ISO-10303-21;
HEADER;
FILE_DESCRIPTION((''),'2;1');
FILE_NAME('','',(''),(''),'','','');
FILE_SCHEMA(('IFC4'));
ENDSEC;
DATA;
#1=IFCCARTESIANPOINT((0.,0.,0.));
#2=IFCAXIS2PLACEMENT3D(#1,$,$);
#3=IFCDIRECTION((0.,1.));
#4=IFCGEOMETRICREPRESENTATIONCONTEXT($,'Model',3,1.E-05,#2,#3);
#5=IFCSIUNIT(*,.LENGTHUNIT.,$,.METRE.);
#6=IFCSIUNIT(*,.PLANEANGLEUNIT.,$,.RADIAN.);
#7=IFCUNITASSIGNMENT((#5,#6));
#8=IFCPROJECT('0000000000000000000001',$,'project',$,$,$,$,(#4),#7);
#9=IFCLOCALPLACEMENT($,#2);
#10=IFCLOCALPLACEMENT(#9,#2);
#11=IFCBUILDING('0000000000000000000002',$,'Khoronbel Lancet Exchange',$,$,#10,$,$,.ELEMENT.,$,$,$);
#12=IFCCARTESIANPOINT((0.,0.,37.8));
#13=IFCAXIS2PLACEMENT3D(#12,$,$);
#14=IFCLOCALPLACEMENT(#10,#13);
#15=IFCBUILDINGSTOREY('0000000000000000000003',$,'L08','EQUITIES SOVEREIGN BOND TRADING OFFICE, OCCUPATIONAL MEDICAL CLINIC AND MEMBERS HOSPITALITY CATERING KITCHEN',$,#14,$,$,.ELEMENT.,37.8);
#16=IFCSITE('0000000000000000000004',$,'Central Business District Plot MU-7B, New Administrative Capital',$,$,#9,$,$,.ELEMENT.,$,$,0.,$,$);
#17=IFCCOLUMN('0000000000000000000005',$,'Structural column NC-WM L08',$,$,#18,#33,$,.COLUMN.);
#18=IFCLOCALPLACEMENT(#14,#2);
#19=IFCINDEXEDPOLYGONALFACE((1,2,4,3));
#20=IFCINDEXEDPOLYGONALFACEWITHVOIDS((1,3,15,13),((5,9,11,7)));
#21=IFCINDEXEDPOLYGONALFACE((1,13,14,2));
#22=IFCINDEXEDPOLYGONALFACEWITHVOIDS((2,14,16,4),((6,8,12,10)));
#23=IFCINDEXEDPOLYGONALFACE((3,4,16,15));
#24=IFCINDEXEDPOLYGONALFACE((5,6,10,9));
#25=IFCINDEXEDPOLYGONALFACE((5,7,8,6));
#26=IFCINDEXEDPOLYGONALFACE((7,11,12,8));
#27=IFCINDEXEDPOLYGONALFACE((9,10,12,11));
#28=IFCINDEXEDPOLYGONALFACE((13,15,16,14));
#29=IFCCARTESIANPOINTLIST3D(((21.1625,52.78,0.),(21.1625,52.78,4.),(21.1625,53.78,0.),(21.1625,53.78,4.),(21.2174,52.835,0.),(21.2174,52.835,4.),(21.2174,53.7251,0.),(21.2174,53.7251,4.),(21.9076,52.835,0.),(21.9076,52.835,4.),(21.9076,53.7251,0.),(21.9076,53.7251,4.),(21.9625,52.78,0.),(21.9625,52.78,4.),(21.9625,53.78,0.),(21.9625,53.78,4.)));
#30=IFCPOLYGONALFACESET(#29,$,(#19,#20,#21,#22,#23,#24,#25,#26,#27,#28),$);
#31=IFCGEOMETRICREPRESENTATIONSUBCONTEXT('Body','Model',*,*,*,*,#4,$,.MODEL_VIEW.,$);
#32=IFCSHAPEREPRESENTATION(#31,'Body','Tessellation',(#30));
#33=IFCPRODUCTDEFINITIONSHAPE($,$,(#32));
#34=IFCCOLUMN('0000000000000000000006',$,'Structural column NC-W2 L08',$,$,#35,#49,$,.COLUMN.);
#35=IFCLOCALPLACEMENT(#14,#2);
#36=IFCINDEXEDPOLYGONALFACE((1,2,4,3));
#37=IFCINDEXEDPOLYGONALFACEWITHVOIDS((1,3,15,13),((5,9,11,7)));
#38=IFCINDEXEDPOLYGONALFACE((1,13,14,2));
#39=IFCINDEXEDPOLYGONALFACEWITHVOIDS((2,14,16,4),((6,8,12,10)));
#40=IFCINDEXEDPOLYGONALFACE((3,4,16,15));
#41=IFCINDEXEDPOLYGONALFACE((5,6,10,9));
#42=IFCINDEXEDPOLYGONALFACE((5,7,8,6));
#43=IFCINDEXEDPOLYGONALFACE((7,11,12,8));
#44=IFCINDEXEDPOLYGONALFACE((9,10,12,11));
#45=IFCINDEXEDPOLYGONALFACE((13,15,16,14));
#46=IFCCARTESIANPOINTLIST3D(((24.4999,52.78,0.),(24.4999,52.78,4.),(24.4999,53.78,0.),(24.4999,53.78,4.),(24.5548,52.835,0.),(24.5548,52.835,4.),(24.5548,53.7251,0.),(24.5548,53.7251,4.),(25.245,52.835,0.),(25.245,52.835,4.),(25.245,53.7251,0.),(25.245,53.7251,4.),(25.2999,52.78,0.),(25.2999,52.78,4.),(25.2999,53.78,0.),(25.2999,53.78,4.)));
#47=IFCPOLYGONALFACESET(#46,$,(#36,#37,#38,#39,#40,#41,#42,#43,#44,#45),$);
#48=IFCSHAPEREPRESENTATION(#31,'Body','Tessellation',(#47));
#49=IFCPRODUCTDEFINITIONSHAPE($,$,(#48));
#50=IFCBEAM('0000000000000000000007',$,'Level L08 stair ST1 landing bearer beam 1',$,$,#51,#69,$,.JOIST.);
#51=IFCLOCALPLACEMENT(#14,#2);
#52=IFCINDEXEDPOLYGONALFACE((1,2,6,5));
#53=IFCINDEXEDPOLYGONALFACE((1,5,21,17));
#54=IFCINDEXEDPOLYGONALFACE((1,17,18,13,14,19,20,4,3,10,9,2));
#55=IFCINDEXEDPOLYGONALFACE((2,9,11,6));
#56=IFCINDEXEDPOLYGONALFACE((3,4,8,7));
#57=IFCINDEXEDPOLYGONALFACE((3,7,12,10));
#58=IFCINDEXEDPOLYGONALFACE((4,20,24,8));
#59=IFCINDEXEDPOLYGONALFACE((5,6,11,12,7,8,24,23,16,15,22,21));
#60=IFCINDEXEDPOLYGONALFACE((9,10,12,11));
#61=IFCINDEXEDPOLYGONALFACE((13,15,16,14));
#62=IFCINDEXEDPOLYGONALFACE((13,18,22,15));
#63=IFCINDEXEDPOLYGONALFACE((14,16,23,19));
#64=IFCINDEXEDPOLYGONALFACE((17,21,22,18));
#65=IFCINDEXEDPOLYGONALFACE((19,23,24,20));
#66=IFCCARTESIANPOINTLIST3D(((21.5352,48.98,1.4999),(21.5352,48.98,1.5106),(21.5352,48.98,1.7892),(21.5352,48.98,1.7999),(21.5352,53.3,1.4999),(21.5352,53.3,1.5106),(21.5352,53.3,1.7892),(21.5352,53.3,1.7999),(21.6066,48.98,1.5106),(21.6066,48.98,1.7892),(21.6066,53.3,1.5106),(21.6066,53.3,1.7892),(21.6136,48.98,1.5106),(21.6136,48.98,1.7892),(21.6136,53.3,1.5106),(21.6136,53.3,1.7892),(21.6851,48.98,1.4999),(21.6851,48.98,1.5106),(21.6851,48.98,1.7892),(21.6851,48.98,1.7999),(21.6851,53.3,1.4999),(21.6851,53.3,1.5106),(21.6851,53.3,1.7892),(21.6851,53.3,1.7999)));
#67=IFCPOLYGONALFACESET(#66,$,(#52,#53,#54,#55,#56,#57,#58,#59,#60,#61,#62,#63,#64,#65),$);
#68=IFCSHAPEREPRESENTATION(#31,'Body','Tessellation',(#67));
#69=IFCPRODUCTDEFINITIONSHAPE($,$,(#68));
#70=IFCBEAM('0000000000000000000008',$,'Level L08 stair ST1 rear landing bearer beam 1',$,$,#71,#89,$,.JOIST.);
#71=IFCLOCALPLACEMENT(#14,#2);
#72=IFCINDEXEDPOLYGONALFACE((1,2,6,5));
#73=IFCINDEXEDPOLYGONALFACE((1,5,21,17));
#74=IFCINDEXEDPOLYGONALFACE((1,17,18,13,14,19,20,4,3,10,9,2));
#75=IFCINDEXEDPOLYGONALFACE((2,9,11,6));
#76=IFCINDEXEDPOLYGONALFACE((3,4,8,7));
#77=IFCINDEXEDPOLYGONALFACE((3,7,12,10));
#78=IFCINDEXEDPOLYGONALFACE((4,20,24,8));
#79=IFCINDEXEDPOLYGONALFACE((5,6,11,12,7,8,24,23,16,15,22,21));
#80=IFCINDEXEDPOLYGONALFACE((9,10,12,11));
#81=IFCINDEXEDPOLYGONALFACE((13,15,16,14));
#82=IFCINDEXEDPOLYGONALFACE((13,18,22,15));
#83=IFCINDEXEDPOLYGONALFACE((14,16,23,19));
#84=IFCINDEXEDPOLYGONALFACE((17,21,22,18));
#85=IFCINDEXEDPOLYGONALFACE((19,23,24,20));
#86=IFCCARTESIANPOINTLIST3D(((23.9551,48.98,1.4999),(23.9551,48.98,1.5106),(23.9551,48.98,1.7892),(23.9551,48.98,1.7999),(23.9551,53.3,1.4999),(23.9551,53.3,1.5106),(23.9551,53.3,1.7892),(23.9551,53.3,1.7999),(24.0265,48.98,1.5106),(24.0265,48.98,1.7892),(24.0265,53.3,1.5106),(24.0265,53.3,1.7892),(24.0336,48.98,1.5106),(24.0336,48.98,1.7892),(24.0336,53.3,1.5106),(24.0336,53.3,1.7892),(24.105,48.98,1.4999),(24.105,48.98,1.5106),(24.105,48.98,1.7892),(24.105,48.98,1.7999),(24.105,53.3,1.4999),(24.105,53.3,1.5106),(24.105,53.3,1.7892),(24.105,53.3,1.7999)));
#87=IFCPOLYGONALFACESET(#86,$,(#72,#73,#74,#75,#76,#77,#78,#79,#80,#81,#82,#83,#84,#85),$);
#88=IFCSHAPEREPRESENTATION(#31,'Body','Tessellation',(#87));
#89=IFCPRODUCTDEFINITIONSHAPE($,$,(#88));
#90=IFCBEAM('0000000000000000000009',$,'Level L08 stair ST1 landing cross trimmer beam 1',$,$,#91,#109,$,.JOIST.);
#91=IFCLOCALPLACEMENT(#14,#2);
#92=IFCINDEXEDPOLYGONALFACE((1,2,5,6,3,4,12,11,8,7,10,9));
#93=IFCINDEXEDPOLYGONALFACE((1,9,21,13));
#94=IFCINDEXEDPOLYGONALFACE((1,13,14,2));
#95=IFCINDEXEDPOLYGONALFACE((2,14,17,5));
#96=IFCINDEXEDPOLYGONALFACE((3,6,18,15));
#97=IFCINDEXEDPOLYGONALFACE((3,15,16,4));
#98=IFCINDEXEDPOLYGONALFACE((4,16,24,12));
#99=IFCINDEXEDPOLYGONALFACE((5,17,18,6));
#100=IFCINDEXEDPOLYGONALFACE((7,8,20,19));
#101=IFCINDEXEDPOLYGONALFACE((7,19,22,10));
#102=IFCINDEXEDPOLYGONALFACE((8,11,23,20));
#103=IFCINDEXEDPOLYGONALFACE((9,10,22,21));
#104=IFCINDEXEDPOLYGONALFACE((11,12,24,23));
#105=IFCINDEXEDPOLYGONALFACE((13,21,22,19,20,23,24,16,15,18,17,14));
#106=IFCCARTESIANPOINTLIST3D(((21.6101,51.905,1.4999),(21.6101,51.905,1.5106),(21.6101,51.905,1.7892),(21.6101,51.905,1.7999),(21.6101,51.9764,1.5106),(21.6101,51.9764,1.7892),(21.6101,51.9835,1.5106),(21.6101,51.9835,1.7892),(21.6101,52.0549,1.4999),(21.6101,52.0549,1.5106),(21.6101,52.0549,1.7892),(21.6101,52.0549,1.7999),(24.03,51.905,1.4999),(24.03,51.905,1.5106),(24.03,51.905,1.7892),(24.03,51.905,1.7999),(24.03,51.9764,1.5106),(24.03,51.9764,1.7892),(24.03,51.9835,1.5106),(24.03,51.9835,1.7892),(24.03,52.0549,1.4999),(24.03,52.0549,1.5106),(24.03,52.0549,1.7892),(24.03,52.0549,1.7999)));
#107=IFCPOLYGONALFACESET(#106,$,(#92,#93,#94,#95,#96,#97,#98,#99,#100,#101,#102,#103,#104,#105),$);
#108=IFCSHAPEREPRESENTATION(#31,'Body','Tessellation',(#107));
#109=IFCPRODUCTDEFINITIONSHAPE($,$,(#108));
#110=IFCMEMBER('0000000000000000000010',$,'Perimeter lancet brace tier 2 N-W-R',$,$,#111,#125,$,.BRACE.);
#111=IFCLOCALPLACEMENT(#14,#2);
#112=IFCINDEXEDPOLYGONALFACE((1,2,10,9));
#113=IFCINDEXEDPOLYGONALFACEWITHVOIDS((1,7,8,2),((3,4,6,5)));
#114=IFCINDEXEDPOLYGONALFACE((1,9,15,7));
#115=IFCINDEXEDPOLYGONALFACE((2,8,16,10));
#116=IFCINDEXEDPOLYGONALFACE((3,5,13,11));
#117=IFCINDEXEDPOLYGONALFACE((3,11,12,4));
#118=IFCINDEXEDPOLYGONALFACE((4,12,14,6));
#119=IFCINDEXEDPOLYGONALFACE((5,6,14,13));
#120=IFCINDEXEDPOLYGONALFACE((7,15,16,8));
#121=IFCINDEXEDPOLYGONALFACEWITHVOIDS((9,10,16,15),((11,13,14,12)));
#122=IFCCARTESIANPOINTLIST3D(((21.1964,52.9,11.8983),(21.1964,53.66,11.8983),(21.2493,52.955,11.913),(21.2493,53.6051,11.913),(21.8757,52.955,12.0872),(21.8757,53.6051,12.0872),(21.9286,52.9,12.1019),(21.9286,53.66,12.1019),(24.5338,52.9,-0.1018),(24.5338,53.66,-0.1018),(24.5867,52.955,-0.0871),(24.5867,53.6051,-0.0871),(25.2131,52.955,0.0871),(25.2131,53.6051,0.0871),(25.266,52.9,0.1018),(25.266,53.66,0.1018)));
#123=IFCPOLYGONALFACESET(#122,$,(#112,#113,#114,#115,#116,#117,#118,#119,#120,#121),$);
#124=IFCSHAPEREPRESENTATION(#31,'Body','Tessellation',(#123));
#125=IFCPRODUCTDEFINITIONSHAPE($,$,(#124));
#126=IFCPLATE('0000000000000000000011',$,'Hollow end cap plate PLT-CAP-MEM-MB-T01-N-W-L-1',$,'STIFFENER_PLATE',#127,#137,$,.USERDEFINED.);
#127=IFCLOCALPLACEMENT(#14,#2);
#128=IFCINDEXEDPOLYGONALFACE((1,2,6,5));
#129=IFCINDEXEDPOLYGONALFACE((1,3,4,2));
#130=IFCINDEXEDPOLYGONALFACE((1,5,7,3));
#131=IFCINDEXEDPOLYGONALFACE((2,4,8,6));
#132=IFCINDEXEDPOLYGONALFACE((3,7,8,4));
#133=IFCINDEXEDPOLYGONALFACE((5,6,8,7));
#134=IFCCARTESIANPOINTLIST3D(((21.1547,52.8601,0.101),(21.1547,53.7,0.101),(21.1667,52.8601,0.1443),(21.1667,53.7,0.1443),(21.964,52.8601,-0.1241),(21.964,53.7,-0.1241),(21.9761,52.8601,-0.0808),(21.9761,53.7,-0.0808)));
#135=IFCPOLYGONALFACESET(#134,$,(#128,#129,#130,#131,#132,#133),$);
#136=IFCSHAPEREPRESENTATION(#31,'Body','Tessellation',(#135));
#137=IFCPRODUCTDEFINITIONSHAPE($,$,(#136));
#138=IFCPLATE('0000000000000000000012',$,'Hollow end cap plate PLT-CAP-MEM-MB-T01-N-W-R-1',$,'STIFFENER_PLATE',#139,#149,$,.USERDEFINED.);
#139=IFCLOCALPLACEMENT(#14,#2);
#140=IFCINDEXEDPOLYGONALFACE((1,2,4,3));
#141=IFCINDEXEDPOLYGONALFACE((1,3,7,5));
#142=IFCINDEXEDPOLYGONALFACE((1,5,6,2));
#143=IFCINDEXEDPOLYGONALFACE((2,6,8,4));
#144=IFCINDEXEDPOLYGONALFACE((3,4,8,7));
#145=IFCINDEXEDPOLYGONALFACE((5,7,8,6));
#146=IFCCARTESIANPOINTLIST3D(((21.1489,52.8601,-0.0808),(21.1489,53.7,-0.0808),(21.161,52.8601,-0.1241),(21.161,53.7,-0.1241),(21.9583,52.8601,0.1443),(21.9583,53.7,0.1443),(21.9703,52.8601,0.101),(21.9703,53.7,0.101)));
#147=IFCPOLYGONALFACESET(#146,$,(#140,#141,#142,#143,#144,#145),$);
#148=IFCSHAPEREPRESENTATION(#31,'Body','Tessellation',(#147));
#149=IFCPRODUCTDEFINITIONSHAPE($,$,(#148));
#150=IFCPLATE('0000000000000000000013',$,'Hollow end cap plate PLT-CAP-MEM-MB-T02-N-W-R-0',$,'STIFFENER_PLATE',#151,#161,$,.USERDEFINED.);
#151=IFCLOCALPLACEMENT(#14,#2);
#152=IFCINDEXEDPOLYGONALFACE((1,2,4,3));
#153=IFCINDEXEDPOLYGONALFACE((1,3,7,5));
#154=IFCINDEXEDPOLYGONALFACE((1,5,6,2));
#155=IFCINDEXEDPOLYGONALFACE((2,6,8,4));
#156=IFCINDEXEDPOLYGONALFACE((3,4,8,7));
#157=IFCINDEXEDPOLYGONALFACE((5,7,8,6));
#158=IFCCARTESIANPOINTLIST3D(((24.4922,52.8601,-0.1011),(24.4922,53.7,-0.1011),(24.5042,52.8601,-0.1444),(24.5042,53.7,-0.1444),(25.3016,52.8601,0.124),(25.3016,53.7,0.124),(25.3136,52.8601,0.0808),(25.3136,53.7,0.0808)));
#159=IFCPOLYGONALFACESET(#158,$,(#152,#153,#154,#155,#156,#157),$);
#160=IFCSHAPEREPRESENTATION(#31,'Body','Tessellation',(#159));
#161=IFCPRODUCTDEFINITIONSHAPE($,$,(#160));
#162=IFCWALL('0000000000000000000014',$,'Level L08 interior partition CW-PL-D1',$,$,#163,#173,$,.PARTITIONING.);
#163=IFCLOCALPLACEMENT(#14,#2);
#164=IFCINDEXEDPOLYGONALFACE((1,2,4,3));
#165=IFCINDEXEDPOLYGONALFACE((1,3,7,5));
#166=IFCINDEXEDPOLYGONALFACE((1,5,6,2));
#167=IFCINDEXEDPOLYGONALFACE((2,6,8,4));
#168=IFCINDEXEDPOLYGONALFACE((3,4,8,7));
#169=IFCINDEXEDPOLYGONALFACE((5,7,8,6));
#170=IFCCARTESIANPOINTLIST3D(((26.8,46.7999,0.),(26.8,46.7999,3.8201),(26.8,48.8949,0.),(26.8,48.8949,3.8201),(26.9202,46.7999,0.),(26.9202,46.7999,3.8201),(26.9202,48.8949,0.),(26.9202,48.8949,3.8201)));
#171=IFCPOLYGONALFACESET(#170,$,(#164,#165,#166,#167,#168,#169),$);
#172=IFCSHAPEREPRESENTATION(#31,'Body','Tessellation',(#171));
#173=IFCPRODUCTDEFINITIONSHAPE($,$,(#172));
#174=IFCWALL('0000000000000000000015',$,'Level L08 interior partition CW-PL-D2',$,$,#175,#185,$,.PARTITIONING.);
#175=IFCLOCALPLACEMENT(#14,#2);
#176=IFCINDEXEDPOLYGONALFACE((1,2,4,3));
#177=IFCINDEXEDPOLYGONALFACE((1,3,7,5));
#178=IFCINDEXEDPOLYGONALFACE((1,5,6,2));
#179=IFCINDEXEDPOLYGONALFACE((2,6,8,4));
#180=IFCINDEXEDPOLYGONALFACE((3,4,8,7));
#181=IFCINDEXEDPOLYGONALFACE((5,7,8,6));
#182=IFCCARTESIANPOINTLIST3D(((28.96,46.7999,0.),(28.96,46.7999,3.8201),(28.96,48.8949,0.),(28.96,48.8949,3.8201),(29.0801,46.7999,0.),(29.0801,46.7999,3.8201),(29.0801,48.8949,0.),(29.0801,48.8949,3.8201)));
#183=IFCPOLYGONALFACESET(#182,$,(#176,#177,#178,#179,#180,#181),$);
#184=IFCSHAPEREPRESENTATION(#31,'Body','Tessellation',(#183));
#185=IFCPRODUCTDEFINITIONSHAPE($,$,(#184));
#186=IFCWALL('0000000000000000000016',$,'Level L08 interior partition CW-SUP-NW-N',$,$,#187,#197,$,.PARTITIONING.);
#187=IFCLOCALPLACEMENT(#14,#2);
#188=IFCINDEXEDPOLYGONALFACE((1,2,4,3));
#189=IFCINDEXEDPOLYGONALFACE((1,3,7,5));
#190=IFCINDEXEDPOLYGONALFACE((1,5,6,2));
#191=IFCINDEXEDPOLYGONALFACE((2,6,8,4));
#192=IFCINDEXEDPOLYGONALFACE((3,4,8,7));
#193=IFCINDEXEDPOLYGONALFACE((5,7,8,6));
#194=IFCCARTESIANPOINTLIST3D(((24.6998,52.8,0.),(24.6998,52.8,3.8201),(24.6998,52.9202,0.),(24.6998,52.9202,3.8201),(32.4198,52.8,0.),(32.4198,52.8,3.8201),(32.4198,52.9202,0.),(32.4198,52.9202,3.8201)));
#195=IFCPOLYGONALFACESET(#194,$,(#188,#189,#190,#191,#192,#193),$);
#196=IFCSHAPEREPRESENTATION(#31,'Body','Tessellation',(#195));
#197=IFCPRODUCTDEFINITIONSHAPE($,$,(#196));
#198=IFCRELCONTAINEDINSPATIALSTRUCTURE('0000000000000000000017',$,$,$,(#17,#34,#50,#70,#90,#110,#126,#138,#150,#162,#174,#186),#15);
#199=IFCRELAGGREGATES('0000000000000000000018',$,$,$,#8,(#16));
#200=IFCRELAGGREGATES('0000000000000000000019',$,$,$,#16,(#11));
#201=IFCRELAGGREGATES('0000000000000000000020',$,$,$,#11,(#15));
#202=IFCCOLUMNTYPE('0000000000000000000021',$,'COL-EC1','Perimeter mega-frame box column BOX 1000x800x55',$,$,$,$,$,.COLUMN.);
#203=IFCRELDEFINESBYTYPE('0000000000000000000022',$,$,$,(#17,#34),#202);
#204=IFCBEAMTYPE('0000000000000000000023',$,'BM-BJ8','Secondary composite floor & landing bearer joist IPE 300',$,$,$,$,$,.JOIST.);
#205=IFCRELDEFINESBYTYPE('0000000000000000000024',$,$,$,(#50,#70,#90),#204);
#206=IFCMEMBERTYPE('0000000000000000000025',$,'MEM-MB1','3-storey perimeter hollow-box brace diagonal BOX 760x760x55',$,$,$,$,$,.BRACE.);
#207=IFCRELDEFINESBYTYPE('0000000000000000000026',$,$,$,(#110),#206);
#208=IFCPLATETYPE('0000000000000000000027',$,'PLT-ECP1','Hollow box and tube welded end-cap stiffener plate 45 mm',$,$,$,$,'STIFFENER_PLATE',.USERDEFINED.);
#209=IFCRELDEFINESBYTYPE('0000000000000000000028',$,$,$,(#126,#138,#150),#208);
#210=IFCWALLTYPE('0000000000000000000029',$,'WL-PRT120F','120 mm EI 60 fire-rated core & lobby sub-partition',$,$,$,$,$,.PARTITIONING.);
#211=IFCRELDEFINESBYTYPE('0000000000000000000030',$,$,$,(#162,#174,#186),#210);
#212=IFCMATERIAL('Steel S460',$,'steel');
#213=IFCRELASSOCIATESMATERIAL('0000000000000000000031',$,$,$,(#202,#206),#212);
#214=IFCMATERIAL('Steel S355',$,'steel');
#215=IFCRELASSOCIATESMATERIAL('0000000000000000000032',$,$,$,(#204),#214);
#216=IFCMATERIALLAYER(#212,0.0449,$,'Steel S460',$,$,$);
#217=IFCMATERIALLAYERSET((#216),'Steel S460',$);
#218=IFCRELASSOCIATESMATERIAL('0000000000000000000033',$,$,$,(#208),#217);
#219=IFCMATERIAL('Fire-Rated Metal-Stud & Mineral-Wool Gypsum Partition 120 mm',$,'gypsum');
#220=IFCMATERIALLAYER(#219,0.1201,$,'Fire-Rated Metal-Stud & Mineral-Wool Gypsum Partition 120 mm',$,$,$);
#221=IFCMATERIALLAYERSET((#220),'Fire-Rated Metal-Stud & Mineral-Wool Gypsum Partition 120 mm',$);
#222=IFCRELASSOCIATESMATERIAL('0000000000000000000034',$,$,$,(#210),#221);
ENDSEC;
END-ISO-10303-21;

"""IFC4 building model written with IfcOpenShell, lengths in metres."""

from ifc_helpers import new_model, si_unit, direction, frame, frame_2d, origin, origin_2d, place, context, subcontext, project, spatial, polyline, rectangle, hollow_rectangle, i_section, outline, extrude, material, layer, layer_set, material_profile, profile_set, type_object, element, save


model = new_model("IFC4")

# Units and contexts
model_context = context("Model", 3, precision=1e-05, world=origin(), true_north=direction((0.0, 1.0)))
body_context = subcontext(model_context, "Body", "Model", "MODEL_VIEW")
ifc_project = project(units=[si_unit("LENGTHUNIT", "METRE"), si_unit("PLANEANGLEUNIT", "RADIAN")], contexts=[model_context])

# Site, building, storey
site_placement = place(None, origin())
site = spatial("IfcSite", under=ifc_project, at=site_placement, Name="Central Business District Plot MU-7B, New Administrative Capital", CompositionType="ELEMENT", RefElevation=0.0)
building_placement = place(site_placement, origin())
building = spatial("IfcBuilding", under=site, at=building_placement, Name="Khoronbel Lancet Exchange", CompositionType="ELEMENT")
storey_placement = place(building_placement, frame((0.0, 0.0, 37.8)))
storey = spatial("IfcBuildingStorey", under=building, at=storey_placement, Name="L08", Description="EQUITIES SOVEREIGN BOND TRADING OFFICE, OCCUPATIONAL MEDICAL CLINIC AND MEMBERS HOSPITALITY CATERING KITCHEN", CompositionType="ELEMENT", Elevation=37.8)

# Columns
ifc_material_1 = material(Name="Steel S460", Category="steel")
ifc_material_profile_1 = material_profile(ifc_material_1, hollow_rectangle(XDim=0.8, YDim=1.0, WallThickness=0.0549, at=origin_2d()), Name="BOX 1000x800x55")
ifc_profile_set_1 = profile_set([ifc_material_profile_1], Name="Steel S460")
column_type = type_object("IfcColumnType", Name="COL-EC1", Description="Perimeter mega-frame box column BOX 1000x800x55", PredefinedType="COLUMN", material=ifc_profile_set_1)
for number, where, z_axis, x_axis, name in (
    (1, (21.5625, 53.28, 0.0), (0.0, 0.0, 1.0), (1.0, 0.0, 0.0), "Structural column NC-WM L08"),
    (2, (24.8999, 53.28, 0.0), (0.0, 0.0, 1.0), (1.0, 0.0, 0.0), "Structural column NC-W2 L08"),
):
    element("IfcColumn", number, at=place(storey_placement, frame(where, z_axis=z_axis, x_axis=x_axis)), inside=storey, type_object=column_type, Name=name, PredefinedType="COLUMN", context=body_context, shape_type="SweptSolid", body=[
        extrude(hollow_rectangle(XDim=0.8, YDim=1.0, WallThickness=0.0549, at=origin_2d()), origin(), (0.0, 0.0, 1.0), 4.0),
    ])

# Beams
ifc_material_2 = material(Name="Steel S355", Category="steel")
ifc_material_profile_2 = material_profile(ifc_material_2, i_section(OverallWidth=0.1499, OverallDepth=0.3, WebThickness=0.0071, FlangeThickness=0.0107, at=origin_2d()), Name="IPE 300")
ifc_profile_set_2 = profile_set([ifc_material_profile_2], Name="Steel S355")
beam_type = type_object("IfcBeamType", Name="BM-BJ8", Description="Secondary composite floor & landing bearer joist IPE 300", PredefinedType="JOIST", material=ifc_profile_set_2)
for number, where, z_axis, x_axis, name in (
    (3, (21.6101, 48.98, 1.6499), (0.0, 1.0, 0.0), (-1.0, 0.0, 0.0), "Level L08 stair ST1 landing bearer beam 1"),
    (4, (24.03, 48.98, 1.6499), (0.0, 1.0, 0.0), (-1.0, 0.0, 0.0), "Level L08 stair ST1 rear landing bearer beam 1"),
):
    element("IfcBeam", number, at=place(storey_placement, frame(where, z_axis=z_axis, x_axis=x_axis)), inside=storey, type_object=beam_type, Name=name, PredefinedType="JOIST", context=body_context, shape_type="SweptSolid", body=[
        extrude(i_section(OverallWidth=0.1499, OverallDepth=0.3, WebThickness=0.0071, FlangeThickness=0.0107, at=origin_2d()), origin(), (0.0, 0.0, 1.0), 4.3201),
    ])
beam_placement = place(storey_placement, frame((21.6101, 51.98, 1.6499), z_axis=(1.0, 0.0, 0.0), x_axis=(0.0, 1.0, 0.0)))
element("IfcBeam", 5, at=beam_placement, inside=storey, type_object=beam_type, Name="Level L08 stair ST1 landing cross trimmer beam 1", PredefinedType="JOIST", context=body_context, shape_type="SweptSolid", body=[
    extrude(i_section(OverallWidth=0.1499, OverallDepth=0.3, WebThickness=0.0071, FlangeThickness=0.0107, at=origin_2d()), origin(), (0.0, 0.0, 1.0), 2.4199),
])

# Member
ifc_material_profile_3 = material_profile(ifc_material_1, hollow_rectangle(XDim=0.76, YDim=0.76, WallThickness=0.0549, at=origin_2d()), Name="BOX 760x760x55")
ifc_profile_set_3 = profile_set([ifc_material_profile_3], Name="Steel S460")
member_type = type_object("IfcMemberType", Name="MEM-MB1", Description="3-storey perimeter hollow-box brace diagonal BOX 760x760x55", PredefinedType="BRACE", material=ifc_profile_set_3)
member_placement = place(storey_placement, frame((24.8999, 53.28, 0.0), z_axis=(-0.267947, 0.0, 0.963434), x_axis=(0.0, -1.0, 0.0)))
element("IfcMember", 6, at=member_placement, inside=storey, type_object=member_type, Name="Perimeter lancet brace tier 2 N-W-R", PredefinedType="BRACE", context=body_context, shape_type="SweptSolid", body=[
    extrude(hollow_rectangle(XDim=0.76, YDim=0.76, WallThickness=0.0549, at=origin_2d()), origin(), (0.0, 0.0, 1.0), 12.4556),
])

# Plates
ifc_layer_1 = layer(ifc_material_1, 0.0449, Name="Steel S460")
ifc_layer_set_1 = layer_set([ifc_layer_1], Name="Steel S460")
plate_type = type_object("IfcPlateType", Name="PLT-ECP1", Description="Hollow box and tube welded end-cap stiffener plate 45 mm", ElementType="STIFFENER_PLATE", PredefinedType="USERDEFINED", material=ifc_layer_set_1)
for number, where, z_axis, x_axis, name in (
    (7, (21.9761, 52.8601, -0.0808), (0.267959, 0.0, 0.96343), (0.0, 1.0, 0.0), "Hollow end cap plate PLT-CAP-MEM-MB-T01-N-W-L-1"),
    (8, (21.1489, 53.7, -0.0808), (-0.267959, 0.0, 0.96343), (0.0, -1.0, 0.0), "Hollow end cap plate PLT-CAP-MEM-MB-T01-N-W-R-1"),
    (9, (24.4922, 53.7, -0.1011), (-0.267959, 0.0, 0.96343), (0.0, -1.0, 0.0), "Hollow end cap plate PLT-CAP-MEM-MB-T02-N-W-R-0"),
):
    element("IfcPlate", number, at=place(storey_placement, frame(where, z_axis=z_axis, x_axis=x_axis)), inside=storey, type_object=plate_type, Name=name, ObjectType="STIFFENER_PLATE", PredefinedType="USERDEFINED", context=body_context, shape_type="SweptSolid", body=[
        extrude(outline(polyline([(0.0, 0.0), (0.8398, 0.0), (0.8398, 0.8401), (0.0, 0.8401), (0.0, 0.0)])), origin(), (0.0, 0.0, -1.0), 0.0449),
    ])

# Walls
ifc_material_3 = material(Name="Fire-Rated Metal-Stud & Mineral-Wool Gypsum Partition 120 mm", Category="gypsum")
ifc_layer_2 = layer(ifc_material_3, 0.1201, Name="Fire-Rated Metal-Stud & Mineral-Wool Gypsum Partition 120 mm")
ifc_layer_set_2 = layer_set([ifc_layer_2], Name="Fire-Rated Metal-Stud & Mineral-Wool Gypsum Partition 120 mm")
wall_type_1 = type_object("IfcWallType", Name="WL-PRT120F", Description="120 mm EI 60 fire-rated core & lobby sub-partition", PredefinedType="PARTITIONING", material=ifc_layer_set_2)
for number, where, z_axis, x_axis, name in (
    (10, (26.8601, 46.8, 0.0), (0.0, 0.0, 1.0), (0.0, 1.0, 0.0), "Level L08 interior partition CW-PL-D1"),
    (11, (29.02, 46.8, 0.0), (0.0, 0.0, 1.0), (0.0, 1.0, 0.0), "Level L08 interior partition CW-PL-D2"),
):
    element("IfcWall", number, at=place(storey_placement, frame(where, z_axis=z_axis, x_axis=x_axis)), inside=storey, type_object=wall_type_1, Name=name, PredefinedType="PARTITIONING", context=body_context, shape_type="SweptSolid", body=[
        extrude(rectangle(XDim=2.095, YDim=0.1201, at=frame_2d((1.0474, 0.0))), origin(), (0.0, 0.0, 1.0), 3.8201),
    ])
wall_1_placement = place(storey_placement, frame((24.7, 52.8601, 0.0), z_axis=(0.0, 0.0, 1.0), x_axis=(1.0, 0.0, 0.0)))
element("IfcWall", 12, at=wall_1_placement, inside=storey, type_object=wall_type_1, Name="Level L08 interior partition CW-SUP-NW-N", PredefinedType="PARTITIONING", context=body_context, shape_type="SweptSolid", body=[
    extrude(rectangle(XDim=7.72, YDim=0.1201, at=frame_2d((3.8599, 0.0))), origin(), (0.0, 0.0, 1.0), 3.8201),
])

save(model, "model.ifc")
